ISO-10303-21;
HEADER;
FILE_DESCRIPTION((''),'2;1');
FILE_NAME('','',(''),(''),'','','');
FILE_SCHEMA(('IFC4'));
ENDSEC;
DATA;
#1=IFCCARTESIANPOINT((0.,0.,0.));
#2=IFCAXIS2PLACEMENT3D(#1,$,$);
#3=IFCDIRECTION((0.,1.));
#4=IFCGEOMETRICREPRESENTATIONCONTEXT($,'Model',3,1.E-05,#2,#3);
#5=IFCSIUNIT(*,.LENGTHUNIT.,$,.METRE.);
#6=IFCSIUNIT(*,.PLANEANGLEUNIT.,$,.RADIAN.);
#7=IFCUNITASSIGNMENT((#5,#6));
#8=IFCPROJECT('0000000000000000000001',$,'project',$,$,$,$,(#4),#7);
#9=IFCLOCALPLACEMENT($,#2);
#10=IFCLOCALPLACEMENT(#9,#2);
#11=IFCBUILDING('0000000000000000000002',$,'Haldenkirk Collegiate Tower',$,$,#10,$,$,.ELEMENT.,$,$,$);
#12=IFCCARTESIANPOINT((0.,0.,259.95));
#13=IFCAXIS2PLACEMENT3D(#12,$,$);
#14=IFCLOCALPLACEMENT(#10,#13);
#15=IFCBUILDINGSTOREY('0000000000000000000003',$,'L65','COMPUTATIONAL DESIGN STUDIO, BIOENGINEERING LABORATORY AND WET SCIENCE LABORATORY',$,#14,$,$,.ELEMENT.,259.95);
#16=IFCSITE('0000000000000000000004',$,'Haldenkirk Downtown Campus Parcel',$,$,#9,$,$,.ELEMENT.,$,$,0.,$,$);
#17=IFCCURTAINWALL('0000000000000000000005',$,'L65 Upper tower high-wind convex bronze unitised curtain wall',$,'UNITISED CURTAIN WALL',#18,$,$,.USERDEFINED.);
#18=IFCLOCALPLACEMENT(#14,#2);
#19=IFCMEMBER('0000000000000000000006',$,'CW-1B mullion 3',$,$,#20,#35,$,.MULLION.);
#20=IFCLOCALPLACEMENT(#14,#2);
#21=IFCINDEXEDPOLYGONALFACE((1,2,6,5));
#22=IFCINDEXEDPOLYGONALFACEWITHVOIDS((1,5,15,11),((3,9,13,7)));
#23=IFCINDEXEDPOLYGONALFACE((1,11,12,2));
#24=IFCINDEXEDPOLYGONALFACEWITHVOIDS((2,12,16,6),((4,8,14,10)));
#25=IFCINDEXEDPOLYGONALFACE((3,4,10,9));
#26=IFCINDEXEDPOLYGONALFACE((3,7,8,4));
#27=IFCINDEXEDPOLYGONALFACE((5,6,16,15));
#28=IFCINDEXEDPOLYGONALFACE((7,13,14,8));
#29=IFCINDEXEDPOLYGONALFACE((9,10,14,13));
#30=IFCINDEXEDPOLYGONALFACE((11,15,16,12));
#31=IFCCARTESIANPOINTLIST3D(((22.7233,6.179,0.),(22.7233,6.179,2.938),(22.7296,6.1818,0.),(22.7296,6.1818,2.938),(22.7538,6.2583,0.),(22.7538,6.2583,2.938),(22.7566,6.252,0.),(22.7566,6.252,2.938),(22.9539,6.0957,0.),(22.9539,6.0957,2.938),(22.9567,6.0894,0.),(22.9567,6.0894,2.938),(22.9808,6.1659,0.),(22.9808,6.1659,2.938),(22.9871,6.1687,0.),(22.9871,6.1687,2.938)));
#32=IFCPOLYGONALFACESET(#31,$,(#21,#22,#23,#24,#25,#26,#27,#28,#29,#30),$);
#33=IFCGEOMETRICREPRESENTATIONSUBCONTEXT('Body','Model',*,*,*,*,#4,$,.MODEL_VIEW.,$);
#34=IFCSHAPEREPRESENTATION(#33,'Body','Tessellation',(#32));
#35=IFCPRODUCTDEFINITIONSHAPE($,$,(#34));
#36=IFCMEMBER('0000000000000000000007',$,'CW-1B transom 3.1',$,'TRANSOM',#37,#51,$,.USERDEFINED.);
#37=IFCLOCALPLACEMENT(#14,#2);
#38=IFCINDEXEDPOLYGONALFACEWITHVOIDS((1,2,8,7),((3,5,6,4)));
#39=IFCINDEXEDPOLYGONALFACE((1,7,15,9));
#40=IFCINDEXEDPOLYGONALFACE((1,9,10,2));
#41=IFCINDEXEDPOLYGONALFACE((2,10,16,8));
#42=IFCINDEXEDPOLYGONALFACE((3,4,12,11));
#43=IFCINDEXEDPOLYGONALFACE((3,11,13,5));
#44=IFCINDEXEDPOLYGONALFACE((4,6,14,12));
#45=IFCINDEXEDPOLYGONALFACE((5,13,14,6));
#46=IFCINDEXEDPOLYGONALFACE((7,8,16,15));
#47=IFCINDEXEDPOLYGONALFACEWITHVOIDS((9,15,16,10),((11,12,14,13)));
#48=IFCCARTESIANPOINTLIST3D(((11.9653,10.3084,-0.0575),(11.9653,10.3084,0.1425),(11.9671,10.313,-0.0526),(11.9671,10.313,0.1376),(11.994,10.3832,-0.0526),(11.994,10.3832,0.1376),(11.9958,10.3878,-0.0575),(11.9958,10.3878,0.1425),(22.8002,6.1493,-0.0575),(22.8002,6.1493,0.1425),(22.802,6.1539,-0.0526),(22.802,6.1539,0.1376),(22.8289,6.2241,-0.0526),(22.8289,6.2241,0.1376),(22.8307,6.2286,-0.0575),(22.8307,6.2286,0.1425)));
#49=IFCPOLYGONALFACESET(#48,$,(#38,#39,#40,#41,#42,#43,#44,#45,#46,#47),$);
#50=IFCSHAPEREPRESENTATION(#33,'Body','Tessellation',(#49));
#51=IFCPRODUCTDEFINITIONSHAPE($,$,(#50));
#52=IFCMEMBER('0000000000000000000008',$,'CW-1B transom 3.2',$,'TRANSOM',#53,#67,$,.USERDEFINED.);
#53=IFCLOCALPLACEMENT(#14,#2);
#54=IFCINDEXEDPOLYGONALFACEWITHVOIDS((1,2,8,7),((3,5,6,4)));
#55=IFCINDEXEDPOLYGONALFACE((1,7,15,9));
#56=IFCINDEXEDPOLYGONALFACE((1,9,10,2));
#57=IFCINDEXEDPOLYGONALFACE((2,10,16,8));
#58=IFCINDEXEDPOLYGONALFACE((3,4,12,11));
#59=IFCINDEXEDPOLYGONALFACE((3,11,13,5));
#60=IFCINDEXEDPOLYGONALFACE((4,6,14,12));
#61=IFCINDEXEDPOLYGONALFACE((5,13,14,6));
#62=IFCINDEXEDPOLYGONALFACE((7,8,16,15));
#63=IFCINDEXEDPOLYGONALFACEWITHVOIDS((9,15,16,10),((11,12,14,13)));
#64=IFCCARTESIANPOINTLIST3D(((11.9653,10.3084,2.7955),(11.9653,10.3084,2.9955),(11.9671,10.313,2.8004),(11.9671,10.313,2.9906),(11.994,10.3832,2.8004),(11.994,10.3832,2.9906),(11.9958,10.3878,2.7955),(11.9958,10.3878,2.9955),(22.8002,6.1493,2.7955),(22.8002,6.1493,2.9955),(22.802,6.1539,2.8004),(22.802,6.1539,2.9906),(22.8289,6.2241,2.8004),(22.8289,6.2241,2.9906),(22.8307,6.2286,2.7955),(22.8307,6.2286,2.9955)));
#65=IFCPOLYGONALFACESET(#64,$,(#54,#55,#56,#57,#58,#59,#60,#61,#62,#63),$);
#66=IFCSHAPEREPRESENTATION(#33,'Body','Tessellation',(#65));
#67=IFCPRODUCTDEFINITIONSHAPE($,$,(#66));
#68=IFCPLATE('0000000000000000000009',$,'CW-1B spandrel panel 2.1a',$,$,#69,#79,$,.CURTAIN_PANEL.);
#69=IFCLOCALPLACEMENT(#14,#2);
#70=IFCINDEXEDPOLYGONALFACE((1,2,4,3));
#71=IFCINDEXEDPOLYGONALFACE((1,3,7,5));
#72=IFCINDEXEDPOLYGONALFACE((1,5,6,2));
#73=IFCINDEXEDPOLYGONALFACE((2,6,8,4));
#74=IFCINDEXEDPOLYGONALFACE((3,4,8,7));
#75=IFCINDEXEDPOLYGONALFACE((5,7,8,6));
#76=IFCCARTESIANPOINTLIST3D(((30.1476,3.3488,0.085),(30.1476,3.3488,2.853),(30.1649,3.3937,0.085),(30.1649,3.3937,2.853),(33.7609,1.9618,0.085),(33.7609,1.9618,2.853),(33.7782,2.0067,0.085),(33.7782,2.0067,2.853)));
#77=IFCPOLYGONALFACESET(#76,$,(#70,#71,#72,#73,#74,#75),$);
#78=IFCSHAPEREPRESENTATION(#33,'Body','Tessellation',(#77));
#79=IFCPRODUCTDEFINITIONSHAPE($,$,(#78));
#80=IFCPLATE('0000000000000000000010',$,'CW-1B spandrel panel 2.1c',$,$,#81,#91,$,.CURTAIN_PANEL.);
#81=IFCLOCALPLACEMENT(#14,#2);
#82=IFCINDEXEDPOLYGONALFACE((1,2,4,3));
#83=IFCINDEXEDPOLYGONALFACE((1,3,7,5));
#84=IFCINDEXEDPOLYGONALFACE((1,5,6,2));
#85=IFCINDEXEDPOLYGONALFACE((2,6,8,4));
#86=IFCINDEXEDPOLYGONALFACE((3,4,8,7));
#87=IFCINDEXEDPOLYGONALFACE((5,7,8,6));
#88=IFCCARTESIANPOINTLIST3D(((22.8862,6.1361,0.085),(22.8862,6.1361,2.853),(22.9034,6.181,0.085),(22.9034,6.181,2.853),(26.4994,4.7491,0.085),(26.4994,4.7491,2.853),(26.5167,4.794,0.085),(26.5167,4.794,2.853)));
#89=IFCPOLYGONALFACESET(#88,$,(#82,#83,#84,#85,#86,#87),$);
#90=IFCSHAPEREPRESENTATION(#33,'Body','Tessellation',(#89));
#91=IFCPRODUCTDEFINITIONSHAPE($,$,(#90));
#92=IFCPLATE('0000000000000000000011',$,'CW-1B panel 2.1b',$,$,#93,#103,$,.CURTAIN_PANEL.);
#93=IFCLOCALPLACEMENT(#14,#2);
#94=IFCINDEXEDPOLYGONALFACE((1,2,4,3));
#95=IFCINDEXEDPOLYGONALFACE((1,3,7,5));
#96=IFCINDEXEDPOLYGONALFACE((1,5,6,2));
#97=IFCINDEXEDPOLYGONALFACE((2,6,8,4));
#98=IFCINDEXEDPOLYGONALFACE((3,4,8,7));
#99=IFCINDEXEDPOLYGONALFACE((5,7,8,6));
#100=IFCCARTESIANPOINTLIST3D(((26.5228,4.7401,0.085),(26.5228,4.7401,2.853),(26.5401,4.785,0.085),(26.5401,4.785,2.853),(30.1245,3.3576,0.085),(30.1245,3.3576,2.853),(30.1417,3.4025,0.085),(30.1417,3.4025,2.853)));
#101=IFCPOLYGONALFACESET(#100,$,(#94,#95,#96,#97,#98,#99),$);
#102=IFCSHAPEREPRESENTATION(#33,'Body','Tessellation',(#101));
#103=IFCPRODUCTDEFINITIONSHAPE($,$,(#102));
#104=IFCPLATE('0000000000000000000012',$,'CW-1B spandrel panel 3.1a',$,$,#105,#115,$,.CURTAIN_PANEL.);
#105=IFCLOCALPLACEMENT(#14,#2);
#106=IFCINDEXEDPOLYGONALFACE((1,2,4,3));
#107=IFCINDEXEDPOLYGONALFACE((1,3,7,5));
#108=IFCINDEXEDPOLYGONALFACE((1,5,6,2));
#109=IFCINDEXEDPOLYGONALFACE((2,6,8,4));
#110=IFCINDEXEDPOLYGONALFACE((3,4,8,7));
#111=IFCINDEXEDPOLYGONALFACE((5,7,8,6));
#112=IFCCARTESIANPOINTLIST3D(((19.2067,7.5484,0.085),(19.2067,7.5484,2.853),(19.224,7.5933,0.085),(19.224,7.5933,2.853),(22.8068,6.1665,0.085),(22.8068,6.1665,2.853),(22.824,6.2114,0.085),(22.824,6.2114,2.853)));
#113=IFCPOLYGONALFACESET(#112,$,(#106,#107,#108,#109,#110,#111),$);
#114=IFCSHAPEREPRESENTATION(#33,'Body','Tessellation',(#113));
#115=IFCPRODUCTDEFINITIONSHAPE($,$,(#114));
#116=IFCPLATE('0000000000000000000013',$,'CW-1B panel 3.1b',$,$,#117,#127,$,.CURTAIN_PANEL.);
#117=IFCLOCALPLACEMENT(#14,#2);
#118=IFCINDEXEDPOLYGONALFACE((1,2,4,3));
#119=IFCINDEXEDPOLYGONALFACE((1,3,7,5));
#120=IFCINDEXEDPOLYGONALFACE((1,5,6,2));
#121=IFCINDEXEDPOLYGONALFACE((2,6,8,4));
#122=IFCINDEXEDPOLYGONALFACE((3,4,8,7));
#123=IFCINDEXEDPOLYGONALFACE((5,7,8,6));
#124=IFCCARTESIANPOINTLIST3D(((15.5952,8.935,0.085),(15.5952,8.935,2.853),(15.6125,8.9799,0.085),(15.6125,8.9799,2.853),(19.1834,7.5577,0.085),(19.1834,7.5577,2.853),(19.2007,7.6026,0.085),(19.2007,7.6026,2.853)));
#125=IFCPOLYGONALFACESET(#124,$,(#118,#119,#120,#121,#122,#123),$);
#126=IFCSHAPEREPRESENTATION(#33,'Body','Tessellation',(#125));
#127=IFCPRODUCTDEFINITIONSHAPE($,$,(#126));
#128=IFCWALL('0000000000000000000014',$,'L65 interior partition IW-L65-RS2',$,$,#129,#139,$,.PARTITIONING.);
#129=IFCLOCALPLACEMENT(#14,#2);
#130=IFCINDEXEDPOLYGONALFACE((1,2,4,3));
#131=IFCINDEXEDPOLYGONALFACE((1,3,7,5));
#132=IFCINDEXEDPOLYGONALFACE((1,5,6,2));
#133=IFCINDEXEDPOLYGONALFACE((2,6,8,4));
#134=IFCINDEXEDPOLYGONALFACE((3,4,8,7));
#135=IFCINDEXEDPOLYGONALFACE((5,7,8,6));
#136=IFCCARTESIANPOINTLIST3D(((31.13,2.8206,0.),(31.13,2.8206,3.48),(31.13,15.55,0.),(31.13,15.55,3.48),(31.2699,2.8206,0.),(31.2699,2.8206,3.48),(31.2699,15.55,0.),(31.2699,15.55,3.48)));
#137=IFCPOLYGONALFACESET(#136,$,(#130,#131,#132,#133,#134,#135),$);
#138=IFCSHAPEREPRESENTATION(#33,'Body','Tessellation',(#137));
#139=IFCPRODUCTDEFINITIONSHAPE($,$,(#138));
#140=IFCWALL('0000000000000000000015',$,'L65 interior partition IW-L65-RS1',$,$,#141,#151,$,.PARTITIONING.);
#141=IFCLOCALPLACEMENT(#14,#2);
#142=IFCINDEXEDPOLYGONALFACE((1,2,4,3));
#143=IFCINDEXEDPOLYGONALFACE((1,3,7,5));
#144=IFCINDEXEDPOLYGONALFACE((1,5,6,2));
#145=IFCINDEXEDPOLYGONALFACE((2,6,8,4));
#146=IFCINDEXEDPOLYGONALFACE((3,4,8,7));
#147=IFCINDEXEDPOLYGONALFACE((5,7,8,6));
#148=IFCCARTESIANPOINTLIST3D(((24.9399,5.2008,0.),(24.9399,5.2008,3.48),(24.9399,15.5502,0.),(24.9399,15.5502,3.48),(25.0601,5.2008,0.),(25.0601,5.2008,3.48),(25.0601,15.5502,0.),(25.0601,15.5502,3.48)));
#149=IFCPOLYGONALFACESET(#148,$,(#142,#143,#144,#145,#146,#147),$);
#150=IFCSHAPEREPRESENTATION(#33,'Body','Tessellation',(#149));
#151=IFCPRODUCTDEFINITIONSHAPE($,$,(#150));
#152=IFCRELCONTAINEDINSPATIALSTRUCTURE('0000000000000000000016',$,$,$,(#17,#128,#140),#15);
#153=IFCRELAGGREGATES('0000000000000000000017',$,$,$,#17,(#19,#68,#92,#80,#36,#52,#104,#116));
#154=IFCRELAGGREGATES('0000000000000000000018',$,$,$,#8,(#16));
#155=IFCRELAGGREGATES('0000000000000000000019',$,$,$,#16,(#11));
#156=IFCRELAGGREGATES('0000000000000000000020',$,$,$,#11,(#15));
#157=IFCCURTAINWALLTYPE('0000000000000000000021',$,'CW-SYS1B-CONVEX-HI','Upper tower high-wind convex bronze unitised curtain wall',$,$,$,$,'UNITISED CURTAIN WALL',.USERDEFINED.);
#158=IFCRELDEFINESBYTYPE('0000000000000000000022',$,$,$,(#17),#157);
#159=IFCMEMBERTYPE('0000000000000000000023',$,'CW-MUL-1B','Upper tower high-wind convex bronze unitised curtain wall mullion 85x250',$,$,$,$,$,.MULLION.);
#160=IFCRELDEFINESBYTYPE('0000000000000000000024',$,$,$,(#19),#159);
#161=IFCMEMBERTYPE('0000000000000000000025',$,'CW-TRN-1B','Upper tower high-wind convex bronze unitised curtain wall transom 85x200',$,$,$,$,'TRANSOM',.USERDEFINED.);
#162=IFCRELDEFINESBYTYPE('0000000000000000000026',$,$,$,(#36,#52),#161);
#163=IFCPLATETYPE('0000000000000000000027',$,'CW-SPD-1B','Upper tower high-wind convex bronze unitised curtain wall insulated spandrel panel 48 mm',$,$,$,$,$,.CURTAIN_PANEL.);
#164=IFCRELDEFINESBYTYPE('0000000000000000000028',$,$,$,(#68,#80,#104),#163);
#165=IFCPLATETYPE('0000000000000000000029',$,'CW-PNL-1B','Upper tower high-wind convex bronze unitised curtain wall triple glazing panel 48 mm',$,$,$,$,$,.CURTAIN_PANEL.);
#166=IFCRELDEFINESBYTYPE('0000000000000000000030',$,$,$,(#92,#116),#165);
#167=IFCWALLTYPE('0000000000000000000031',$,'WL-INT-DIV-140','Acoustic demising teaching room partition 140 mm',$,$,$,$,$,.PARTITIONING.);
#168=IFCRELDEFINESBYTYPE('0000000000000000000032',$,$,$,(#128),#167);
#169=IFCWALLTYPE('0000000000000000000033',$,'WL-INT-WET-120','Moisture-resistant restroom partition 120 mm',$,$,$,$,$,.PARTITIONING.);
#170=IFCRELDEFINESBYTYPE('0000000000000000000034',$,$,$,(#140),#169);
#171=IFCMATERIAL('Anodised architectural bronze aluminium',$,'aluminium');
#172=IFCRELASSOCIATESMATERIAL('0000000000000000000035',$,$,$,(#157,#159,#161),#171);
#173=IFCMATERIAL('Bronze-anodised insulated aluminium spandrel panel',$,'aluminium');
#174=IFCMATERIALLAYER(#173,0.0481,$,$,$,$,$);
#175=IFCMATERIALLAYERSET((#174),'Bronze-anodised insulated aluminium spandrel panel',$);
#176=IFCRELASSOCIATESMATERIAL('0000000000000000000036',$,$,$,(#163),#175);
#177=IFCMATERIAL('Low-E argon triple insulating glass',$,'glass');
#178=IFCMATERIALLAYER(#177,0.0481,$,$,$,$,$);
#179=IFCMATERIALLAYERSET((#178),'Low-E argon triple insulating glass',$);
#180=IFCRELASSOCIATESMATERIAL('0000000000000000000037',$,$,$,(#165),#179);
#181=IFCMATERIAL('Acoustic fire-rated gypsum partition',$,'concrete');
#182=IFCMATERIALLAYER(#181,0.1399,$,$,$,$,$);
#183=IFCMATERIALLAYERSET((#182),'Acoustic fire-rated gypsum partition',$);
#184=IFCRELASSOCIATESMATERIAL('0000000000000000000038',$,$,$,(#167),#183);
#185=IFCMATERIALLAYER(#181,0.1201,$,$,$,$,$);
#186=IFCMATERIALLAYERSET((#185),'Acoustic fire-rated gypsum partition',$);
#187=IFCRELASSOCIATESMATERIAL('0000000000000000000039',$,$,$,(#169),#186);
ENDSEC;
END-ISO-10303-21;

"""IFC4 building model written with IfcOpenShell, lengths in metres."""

from ifc_helpers import new_model, si_unit, direction, frame, frame_2d, origin, origin_2d, place, context, subcontext, project, spatial, rectangle, hollow_rectangle, extrude, source, transform, mapped, material, layer, layer_set, material_profile, profile_set, type_object, element, aggregate, save


model = new_model("IFC4")

# Units and contexts
model_context = context("Model", 3, precision=1e-05, world=origin(), true_north=direction((0.0, 1.0)))
body_context = subcontext(model_context, "Body", "Model", "MODEL_VIEW")
ifc_project = project(units=[si_unit("LENGTHUNIT", "METRE"), si_unit("PLANEANGLEUNIT", "RADIAN")], contexts=[model_context])

# Site, building, storey
site_placement = place(None, origin())
site = spatial("IfcSite", under=ifc_project, at=site_placement, Name="Haldenkirk Downtown Campus Parcel", CompositionType="ELEMENT", RefElevation=0.0)
building_placement = place(site_placement, origin())
building = spatial("IfcBuilding", under=site, at=building_placement, Name="Haldenkirk Collegiate Tower", CompositionType="ELEMENT")
storey_placement = place(building_placement, frame((0.0, 0.0, 259.95)))
storey = spatial("IfcBuildingStorey", under=building, at=storey_placement, Name="L65", Description="COMPUTATIONAL DESIGN STUDIO, BIOENGINEERING LABORATORY AND WET SCIENCE LABORATORY", CompositionType="ELEMENT", Elevation=259.95)

# Curtain wall, members, plates
ifc_material_1 = material(Name="Anodised architectural bronze aluminium", Category="aluminium")
curtain_wall_type = type_object("IfcCurtainWallType", Name="CW-SYS1B-CONVEX-HI", Description="Upper tower high-wind convex bronze unitised curtain wall", ElementType="UNITISED CURTAIN WALL", PredefinedType="USERDEFINED", material=ifc_material_1)
curtain_wall_placement = place(storey_placement, origin())
curtain_wall = element("IfcCurtainWall", 1, at=curtain_wall_placement, inside=storey, type_object=curtain_wall_type, Name="L65 Upper tower high-wind convex bronze unitised curtain wall", ObjectType="UNITISED CURTAIN WALL", PredefinedType="USERDEFINED")
ifc_material_profile_1 = material_profile(ifc_material_1, hollow_rectangle(XDim=0.085, YDim=0.25, WallThickness=0.0049, at=origin_2d()), Name="CW-MUL-1B")
ifc_profile_set_1 = profile_set([ifc_material_profile_1], Name="Anodised architectural bronze aluminium")
member_type_1 = type_object("IfcMemberType", Name="CW-MUL-1B", Description="Upper tower high-wind convex bronze unitised curtain wall mullion 85x250", PredefinedType="MULLION", material=ifc_profile_set_1)
member_1_placement = place(storey_placement, frame((22.8552, 6.1738, 0.0), z_axis=(0.0, 0.0, 1.0), x_axis=(-0.358369, -0.93358, 0.0)))
member_1 = element("IfcMember", 2, at=member_1_placement, type_object=member_type_1, Name="CW-1B mullion 3", PredefinedType="MULLION", context=body_context, shape_type="SweptSolid", body=[
    extrude(hollow_rectangle(XDim=0.085, YDim=0.25, WallThickness=0.0049, at=origin_2d()), origin(), (0.0, 0.0, 1.0), 2.938),
])
ifc_material_profile_2 = material_profile(ifc_material_1, hollow_rectangle(XDim=0.085, YDim=0.2, WallThickness=0.0049, at=origin_2d()), Name="CW-TRN-1B")
ifc_profile_set_2 = profile_set([ifc_material_profile_2], Name="Anodised architectural bronze aluminium")
member_type_2 = type_object("IfcMemberType", Name="CW-TRN-1B", Description="Upper tower high-wind convex bronze unitised curtain wall transom 85x200", ElementType="TRANSOM", PredefinedType="USERDEFINED", material=ifc_profile_set_2)
member_2_placement = place(storey_placement, frame((22.8154, 6.189, 0.0425), z_axis=(-0.93358, 0.35837, 0.0), x_axis=(-0.35837, -0.93358, 0.0)))
member_2 = element("IfcMember", 3, at=member_2_placement, type_object=member_type_2, Name="CW-1B transom 3.1", ObjectType="TRANSOM", PredefinedType="USERDEFINED", context=body_context, shape_type="SweptSolid", body=[
    extrude(hollow_rectangle(XDim=0.085, YDim=0.2, WallThickness=0.0049, at=origin_2d()), origin(), (0.0, 0.0, 1.0), 11.6057),
])
member_3_placement = place(storey_placement, frame((22.8154, 6.189, 2.8955), z_axis=(-0.93358, 0.35837, 0.0), x_axis=(-0.35837, -0.93358, 0.0)))
member_3 = element("IfcMember", 4, at=member_3_placement, type_object=member_type_2, Name="CW-1B transom 3.2", ObjectType="TRANSOM", PredefinedType="USERDEFINED", context=body_context, shape_type="SweptSolid", body=[
    extrude(hollow_rectangle(XDim=0.085, YDim=0.2, WallThickness=0.0049, at=origin_2d()), origin(), (0.0, 0.0, 1.0), 11.6057),
])
ifc_material_2 = material(Name="Bronze-anodised insulated aluminium spandrel panel", Category="aluminium")
ifc_layer_1 = layer(ifc_material_2, 0.0481)
ifc_layer_set_1 = layer_set([ifc_layer_1], Name="Bronze-anodised insulated aluminium spandrel panel")
plate_type_1 = type_object("IfcPlateType", Name="CW-SPD-1B", Description="Upper tower high-wind convex bronze unitised curtain wall insulated spandrel panel 48 mm", PredefinedType="CURTAIN_PANEL", material=ifc_layer_set_1)
shared_shape_1 = source(origin(), body_context, "Body", "SweptSolid", [
    extrude(rectangle(XDim=3.8704, YDim=0.0481, at=origin_2d()), origin(), (0.0, 0.0, 1.0), 2.7681),
])
plate_1_placement = place(storey_placement, frame((31.9629, 2.6777, 0.085), z_axis=(0.0, 0.0, 1.0), x_axis=(-0.93358, 0.358369, 0.0)))
plate_1 = element("IfcPlate", 5, at=plate_1_placement, type_object=plate_type_1, Name="CW-1B spandrel panel 2.1a", PredefinedType="CURTAIN_PANEL", context=body_context, shape_type="MappedRepresentation", body=[
    mapped(shared_shape_1, transform((0.0, 0.0, 0.0), x_axis=(1.0, 0.0, 0.0), y_axis=(0.0, 1.0, 0.0), z_axis=(0.0, 0.0, 1.0), scale=1.0)),
])
plate_2_placement = place(storey_placement, frame((24.7014, 5.4651, 0.085), z_axis=(0.0, 0.0, 1.0), x_axis=(-0.93358, 0.358369, 0.0)))
plate_2 = element("IfcPlate", 6, at=plate_2_placement, type_object=plate_type_1, Name="CW-1B spandrel panel 2.1c", PredefinedType="CURTAIN_PANEL", context=body_context, shape_type="MappedRepresentation", body=[
    mapped(shared_shape_1, transform((0.0, 0.0, 0.0), x_axis=(1.0, 0.0, 0.0), y_axis=(0.0, 1.0, 0.0), z_axis=(0.0, 0.0, 1.0), scale=1.0)),
])
ifc_material_3 = material(Name="Low-E argon triple insulating glass", Category="glass")
ifc_layer_2 = layer(ifc_material_3, 0.0481)
ifc_layer_set_2 = layer_set([ifc_layer_2], Name="Low-E argon triple insulating glass")
plate_type_2 = type_object("IfcPlateType", Name="CW-PNL-1B", Description="Upper tower high-wind convex bronze unitised curtain wall triple glazing panel 48 mm", PredefinedType="CURTAIN_PANEL", material=ifc_layer_set_2)
shared_shape_2 = source(origin(), body_context, "Body", "SweptSolid", [
    extrude(rectangle(XDim=3.8579, YDim=0.0481, at=origin_2d()), origin(), (0.0, 0.0, 1.0), 2.7681),
])
plate_3_placement = place(storey_placement, frame((28.3323, 4.0713, 0.085), z_axis=(0.0, 0.0, 1.0), x_axis=(-0.93358, 0.358369, 0.0)))
plate_3 = element("IfcPlate", 7, at=plate_3_placement, type_object=plate_type_2, Name="CW-1B panel 2.1b", PredefinedType="CURTAIN_PANEL", context=body_context, shape_type="MappedRepresentation", body=[
    mapped(shared_shape_2, transform((0.0, 0.0, 0.0), x_axis=(1.0, 0.0, 0.0), y_axis=(0.0, 1.0, 0.0), z_axis=(0.0, 0.0, 1.0), scale=1.0)),
])
shared_shape_3 = source(origin(), body_context, "Body", "SweptSolid", [
    extrude(rectangle(XDim=3.8562, YDim=0.0481, at=origin_2d()), origin(), (0.0, 0.0, 1.0), 2.7681),
])
plate_4_placement = place(storey_placement, frame((21.0154, 6.8799, 0.085), z_axis=(0.0, 0.0, 1.0), x_axis=(-0.93358, 0.358369, 0.0)))
plate_4 = element("IfcPlate", 8, at=plate_4_placement, type_object=plate_type_1, Name="CW-1B spandrel panel 3.1a", PredefinedType="CURTAIN_PANEL", context=body_context, shape_type="MappedRepresentation", body=[
    mapped(shared_shape_3, transform((0.0, 0.0, 0.0), x_axis=(1.0, 0.0, 0.0), y_axis=(0.0, 1.0, 0.0), z_axis=(0.0, 0.0, 1.0), scale=1.0)),
])
shared_shape_4 = source(origin(), body_context, "Body", "SweptSolid", [
    extrude(rectangle(XDim=3.8435, YDim=0.0481, at=origin_2d()), origin(), (0.0, 0.0, 1.0), 2.7681),
])
plate_5_placement = place(storey_placement, frame((17.3979, 8.2688, 0.085), z_axis=(0.0, 0.0, 1.0), x_axis=(-0.93358, 0.358369, 0.0)))
plate_5 = element("IfcPlate", 9, at=plate_5_placement, type_object=plate_type_2, Name="CW-1B panel 3.1b", PredefinedType="CURTAIN_PANEL", context=body_context, shape_type="MappedRepresentation", body=[
    mapped(shared_shape_4, transform((0.0, 0.0, 0.0), x_axis=(1.0, 0.0, 0.0), y_axis=(0.0, 1.0, 0.0), z_axis=(0.0, 0.0, 1.0), scale=1.0)),
])
aggregate(curtain_wall, [member_1, plate_1, plate_3, plate_2, member_2, member_3, plate_4, plate_5])

# Walls
ifc_material_4 = material(Name="Acoustic fire-rated gypsum partition", Category="concrete")
ifc_layer_3 = layer(ifc_material_4, 0.1399)
ifc_layer_set_3 = layer_set([ifc_layer_3], Name="Acoustic fire-rated gypsum partition")
wall_type_1 = type_object("IfcWallType", Name="WL-INT-DIV-140", Description="Acoustic demising teaching room partition 140 mm", PredefinedType="PARTITIONING", material=ifc_layer_set_3)
wall_1_placement = place(storey_placement, frame((31.2, 2.8206, 0.0), z_axis=(0.0, 0.0, 1.0), x_axis=(0.0, 1.0, 0.0)))
element("IfcWall", 10, at=wall_1_placement, inside=storey, type_object=wall_type_1, Name="L65 interior partition IW-L65-RS2", PredefinedType="PARTITIONING", context=body_context, shape_type="SweptSolid", body=[
    extrude(rectangle(XDim=12.7295, YDim=0.1399, at=frame_2d((6.3647, 0.0))), origin(), (0.0, 0.0, 1.0), 3.48),
])
ifc_layer_4 = layer(ifc_material_4, 0.1201)
ifc_layer_set_4 = layer_set([ifc_layer_4], Name="Acoustic fire-rated gypsum partition")
wall_type_2 = type_object("IfcWallType", Name="WL-INT-WET-120", Description="Moisture-resistant restroom partition 120 mm", PredefinedType="PARTITIONING", material=ifc_layer_set_4)
wall_2_placement = place(storey_placement, frame((25.0, 5.2007, 0.0), z_axis=(0.0, 0.0, 1.0), x_axis=(0.0, 1.0, 0.0)))
element("IfcWall", 11, at=wall_2_placement, inside=storey, type_object=wall_type_2, Name="L65 interior partition IW-L65-RS1", PredefinedType="PARTITIONING", context=body_context, shape_type="SweptSolid", body=[
    extrude(rectangle(XDim=10.3494, YDim=0.1201, at=frame_2d((5.1748, 0.0))), origin(), (0.0, 0.0, 1.0), 3.48),
])

save(model, "model.ifc")
